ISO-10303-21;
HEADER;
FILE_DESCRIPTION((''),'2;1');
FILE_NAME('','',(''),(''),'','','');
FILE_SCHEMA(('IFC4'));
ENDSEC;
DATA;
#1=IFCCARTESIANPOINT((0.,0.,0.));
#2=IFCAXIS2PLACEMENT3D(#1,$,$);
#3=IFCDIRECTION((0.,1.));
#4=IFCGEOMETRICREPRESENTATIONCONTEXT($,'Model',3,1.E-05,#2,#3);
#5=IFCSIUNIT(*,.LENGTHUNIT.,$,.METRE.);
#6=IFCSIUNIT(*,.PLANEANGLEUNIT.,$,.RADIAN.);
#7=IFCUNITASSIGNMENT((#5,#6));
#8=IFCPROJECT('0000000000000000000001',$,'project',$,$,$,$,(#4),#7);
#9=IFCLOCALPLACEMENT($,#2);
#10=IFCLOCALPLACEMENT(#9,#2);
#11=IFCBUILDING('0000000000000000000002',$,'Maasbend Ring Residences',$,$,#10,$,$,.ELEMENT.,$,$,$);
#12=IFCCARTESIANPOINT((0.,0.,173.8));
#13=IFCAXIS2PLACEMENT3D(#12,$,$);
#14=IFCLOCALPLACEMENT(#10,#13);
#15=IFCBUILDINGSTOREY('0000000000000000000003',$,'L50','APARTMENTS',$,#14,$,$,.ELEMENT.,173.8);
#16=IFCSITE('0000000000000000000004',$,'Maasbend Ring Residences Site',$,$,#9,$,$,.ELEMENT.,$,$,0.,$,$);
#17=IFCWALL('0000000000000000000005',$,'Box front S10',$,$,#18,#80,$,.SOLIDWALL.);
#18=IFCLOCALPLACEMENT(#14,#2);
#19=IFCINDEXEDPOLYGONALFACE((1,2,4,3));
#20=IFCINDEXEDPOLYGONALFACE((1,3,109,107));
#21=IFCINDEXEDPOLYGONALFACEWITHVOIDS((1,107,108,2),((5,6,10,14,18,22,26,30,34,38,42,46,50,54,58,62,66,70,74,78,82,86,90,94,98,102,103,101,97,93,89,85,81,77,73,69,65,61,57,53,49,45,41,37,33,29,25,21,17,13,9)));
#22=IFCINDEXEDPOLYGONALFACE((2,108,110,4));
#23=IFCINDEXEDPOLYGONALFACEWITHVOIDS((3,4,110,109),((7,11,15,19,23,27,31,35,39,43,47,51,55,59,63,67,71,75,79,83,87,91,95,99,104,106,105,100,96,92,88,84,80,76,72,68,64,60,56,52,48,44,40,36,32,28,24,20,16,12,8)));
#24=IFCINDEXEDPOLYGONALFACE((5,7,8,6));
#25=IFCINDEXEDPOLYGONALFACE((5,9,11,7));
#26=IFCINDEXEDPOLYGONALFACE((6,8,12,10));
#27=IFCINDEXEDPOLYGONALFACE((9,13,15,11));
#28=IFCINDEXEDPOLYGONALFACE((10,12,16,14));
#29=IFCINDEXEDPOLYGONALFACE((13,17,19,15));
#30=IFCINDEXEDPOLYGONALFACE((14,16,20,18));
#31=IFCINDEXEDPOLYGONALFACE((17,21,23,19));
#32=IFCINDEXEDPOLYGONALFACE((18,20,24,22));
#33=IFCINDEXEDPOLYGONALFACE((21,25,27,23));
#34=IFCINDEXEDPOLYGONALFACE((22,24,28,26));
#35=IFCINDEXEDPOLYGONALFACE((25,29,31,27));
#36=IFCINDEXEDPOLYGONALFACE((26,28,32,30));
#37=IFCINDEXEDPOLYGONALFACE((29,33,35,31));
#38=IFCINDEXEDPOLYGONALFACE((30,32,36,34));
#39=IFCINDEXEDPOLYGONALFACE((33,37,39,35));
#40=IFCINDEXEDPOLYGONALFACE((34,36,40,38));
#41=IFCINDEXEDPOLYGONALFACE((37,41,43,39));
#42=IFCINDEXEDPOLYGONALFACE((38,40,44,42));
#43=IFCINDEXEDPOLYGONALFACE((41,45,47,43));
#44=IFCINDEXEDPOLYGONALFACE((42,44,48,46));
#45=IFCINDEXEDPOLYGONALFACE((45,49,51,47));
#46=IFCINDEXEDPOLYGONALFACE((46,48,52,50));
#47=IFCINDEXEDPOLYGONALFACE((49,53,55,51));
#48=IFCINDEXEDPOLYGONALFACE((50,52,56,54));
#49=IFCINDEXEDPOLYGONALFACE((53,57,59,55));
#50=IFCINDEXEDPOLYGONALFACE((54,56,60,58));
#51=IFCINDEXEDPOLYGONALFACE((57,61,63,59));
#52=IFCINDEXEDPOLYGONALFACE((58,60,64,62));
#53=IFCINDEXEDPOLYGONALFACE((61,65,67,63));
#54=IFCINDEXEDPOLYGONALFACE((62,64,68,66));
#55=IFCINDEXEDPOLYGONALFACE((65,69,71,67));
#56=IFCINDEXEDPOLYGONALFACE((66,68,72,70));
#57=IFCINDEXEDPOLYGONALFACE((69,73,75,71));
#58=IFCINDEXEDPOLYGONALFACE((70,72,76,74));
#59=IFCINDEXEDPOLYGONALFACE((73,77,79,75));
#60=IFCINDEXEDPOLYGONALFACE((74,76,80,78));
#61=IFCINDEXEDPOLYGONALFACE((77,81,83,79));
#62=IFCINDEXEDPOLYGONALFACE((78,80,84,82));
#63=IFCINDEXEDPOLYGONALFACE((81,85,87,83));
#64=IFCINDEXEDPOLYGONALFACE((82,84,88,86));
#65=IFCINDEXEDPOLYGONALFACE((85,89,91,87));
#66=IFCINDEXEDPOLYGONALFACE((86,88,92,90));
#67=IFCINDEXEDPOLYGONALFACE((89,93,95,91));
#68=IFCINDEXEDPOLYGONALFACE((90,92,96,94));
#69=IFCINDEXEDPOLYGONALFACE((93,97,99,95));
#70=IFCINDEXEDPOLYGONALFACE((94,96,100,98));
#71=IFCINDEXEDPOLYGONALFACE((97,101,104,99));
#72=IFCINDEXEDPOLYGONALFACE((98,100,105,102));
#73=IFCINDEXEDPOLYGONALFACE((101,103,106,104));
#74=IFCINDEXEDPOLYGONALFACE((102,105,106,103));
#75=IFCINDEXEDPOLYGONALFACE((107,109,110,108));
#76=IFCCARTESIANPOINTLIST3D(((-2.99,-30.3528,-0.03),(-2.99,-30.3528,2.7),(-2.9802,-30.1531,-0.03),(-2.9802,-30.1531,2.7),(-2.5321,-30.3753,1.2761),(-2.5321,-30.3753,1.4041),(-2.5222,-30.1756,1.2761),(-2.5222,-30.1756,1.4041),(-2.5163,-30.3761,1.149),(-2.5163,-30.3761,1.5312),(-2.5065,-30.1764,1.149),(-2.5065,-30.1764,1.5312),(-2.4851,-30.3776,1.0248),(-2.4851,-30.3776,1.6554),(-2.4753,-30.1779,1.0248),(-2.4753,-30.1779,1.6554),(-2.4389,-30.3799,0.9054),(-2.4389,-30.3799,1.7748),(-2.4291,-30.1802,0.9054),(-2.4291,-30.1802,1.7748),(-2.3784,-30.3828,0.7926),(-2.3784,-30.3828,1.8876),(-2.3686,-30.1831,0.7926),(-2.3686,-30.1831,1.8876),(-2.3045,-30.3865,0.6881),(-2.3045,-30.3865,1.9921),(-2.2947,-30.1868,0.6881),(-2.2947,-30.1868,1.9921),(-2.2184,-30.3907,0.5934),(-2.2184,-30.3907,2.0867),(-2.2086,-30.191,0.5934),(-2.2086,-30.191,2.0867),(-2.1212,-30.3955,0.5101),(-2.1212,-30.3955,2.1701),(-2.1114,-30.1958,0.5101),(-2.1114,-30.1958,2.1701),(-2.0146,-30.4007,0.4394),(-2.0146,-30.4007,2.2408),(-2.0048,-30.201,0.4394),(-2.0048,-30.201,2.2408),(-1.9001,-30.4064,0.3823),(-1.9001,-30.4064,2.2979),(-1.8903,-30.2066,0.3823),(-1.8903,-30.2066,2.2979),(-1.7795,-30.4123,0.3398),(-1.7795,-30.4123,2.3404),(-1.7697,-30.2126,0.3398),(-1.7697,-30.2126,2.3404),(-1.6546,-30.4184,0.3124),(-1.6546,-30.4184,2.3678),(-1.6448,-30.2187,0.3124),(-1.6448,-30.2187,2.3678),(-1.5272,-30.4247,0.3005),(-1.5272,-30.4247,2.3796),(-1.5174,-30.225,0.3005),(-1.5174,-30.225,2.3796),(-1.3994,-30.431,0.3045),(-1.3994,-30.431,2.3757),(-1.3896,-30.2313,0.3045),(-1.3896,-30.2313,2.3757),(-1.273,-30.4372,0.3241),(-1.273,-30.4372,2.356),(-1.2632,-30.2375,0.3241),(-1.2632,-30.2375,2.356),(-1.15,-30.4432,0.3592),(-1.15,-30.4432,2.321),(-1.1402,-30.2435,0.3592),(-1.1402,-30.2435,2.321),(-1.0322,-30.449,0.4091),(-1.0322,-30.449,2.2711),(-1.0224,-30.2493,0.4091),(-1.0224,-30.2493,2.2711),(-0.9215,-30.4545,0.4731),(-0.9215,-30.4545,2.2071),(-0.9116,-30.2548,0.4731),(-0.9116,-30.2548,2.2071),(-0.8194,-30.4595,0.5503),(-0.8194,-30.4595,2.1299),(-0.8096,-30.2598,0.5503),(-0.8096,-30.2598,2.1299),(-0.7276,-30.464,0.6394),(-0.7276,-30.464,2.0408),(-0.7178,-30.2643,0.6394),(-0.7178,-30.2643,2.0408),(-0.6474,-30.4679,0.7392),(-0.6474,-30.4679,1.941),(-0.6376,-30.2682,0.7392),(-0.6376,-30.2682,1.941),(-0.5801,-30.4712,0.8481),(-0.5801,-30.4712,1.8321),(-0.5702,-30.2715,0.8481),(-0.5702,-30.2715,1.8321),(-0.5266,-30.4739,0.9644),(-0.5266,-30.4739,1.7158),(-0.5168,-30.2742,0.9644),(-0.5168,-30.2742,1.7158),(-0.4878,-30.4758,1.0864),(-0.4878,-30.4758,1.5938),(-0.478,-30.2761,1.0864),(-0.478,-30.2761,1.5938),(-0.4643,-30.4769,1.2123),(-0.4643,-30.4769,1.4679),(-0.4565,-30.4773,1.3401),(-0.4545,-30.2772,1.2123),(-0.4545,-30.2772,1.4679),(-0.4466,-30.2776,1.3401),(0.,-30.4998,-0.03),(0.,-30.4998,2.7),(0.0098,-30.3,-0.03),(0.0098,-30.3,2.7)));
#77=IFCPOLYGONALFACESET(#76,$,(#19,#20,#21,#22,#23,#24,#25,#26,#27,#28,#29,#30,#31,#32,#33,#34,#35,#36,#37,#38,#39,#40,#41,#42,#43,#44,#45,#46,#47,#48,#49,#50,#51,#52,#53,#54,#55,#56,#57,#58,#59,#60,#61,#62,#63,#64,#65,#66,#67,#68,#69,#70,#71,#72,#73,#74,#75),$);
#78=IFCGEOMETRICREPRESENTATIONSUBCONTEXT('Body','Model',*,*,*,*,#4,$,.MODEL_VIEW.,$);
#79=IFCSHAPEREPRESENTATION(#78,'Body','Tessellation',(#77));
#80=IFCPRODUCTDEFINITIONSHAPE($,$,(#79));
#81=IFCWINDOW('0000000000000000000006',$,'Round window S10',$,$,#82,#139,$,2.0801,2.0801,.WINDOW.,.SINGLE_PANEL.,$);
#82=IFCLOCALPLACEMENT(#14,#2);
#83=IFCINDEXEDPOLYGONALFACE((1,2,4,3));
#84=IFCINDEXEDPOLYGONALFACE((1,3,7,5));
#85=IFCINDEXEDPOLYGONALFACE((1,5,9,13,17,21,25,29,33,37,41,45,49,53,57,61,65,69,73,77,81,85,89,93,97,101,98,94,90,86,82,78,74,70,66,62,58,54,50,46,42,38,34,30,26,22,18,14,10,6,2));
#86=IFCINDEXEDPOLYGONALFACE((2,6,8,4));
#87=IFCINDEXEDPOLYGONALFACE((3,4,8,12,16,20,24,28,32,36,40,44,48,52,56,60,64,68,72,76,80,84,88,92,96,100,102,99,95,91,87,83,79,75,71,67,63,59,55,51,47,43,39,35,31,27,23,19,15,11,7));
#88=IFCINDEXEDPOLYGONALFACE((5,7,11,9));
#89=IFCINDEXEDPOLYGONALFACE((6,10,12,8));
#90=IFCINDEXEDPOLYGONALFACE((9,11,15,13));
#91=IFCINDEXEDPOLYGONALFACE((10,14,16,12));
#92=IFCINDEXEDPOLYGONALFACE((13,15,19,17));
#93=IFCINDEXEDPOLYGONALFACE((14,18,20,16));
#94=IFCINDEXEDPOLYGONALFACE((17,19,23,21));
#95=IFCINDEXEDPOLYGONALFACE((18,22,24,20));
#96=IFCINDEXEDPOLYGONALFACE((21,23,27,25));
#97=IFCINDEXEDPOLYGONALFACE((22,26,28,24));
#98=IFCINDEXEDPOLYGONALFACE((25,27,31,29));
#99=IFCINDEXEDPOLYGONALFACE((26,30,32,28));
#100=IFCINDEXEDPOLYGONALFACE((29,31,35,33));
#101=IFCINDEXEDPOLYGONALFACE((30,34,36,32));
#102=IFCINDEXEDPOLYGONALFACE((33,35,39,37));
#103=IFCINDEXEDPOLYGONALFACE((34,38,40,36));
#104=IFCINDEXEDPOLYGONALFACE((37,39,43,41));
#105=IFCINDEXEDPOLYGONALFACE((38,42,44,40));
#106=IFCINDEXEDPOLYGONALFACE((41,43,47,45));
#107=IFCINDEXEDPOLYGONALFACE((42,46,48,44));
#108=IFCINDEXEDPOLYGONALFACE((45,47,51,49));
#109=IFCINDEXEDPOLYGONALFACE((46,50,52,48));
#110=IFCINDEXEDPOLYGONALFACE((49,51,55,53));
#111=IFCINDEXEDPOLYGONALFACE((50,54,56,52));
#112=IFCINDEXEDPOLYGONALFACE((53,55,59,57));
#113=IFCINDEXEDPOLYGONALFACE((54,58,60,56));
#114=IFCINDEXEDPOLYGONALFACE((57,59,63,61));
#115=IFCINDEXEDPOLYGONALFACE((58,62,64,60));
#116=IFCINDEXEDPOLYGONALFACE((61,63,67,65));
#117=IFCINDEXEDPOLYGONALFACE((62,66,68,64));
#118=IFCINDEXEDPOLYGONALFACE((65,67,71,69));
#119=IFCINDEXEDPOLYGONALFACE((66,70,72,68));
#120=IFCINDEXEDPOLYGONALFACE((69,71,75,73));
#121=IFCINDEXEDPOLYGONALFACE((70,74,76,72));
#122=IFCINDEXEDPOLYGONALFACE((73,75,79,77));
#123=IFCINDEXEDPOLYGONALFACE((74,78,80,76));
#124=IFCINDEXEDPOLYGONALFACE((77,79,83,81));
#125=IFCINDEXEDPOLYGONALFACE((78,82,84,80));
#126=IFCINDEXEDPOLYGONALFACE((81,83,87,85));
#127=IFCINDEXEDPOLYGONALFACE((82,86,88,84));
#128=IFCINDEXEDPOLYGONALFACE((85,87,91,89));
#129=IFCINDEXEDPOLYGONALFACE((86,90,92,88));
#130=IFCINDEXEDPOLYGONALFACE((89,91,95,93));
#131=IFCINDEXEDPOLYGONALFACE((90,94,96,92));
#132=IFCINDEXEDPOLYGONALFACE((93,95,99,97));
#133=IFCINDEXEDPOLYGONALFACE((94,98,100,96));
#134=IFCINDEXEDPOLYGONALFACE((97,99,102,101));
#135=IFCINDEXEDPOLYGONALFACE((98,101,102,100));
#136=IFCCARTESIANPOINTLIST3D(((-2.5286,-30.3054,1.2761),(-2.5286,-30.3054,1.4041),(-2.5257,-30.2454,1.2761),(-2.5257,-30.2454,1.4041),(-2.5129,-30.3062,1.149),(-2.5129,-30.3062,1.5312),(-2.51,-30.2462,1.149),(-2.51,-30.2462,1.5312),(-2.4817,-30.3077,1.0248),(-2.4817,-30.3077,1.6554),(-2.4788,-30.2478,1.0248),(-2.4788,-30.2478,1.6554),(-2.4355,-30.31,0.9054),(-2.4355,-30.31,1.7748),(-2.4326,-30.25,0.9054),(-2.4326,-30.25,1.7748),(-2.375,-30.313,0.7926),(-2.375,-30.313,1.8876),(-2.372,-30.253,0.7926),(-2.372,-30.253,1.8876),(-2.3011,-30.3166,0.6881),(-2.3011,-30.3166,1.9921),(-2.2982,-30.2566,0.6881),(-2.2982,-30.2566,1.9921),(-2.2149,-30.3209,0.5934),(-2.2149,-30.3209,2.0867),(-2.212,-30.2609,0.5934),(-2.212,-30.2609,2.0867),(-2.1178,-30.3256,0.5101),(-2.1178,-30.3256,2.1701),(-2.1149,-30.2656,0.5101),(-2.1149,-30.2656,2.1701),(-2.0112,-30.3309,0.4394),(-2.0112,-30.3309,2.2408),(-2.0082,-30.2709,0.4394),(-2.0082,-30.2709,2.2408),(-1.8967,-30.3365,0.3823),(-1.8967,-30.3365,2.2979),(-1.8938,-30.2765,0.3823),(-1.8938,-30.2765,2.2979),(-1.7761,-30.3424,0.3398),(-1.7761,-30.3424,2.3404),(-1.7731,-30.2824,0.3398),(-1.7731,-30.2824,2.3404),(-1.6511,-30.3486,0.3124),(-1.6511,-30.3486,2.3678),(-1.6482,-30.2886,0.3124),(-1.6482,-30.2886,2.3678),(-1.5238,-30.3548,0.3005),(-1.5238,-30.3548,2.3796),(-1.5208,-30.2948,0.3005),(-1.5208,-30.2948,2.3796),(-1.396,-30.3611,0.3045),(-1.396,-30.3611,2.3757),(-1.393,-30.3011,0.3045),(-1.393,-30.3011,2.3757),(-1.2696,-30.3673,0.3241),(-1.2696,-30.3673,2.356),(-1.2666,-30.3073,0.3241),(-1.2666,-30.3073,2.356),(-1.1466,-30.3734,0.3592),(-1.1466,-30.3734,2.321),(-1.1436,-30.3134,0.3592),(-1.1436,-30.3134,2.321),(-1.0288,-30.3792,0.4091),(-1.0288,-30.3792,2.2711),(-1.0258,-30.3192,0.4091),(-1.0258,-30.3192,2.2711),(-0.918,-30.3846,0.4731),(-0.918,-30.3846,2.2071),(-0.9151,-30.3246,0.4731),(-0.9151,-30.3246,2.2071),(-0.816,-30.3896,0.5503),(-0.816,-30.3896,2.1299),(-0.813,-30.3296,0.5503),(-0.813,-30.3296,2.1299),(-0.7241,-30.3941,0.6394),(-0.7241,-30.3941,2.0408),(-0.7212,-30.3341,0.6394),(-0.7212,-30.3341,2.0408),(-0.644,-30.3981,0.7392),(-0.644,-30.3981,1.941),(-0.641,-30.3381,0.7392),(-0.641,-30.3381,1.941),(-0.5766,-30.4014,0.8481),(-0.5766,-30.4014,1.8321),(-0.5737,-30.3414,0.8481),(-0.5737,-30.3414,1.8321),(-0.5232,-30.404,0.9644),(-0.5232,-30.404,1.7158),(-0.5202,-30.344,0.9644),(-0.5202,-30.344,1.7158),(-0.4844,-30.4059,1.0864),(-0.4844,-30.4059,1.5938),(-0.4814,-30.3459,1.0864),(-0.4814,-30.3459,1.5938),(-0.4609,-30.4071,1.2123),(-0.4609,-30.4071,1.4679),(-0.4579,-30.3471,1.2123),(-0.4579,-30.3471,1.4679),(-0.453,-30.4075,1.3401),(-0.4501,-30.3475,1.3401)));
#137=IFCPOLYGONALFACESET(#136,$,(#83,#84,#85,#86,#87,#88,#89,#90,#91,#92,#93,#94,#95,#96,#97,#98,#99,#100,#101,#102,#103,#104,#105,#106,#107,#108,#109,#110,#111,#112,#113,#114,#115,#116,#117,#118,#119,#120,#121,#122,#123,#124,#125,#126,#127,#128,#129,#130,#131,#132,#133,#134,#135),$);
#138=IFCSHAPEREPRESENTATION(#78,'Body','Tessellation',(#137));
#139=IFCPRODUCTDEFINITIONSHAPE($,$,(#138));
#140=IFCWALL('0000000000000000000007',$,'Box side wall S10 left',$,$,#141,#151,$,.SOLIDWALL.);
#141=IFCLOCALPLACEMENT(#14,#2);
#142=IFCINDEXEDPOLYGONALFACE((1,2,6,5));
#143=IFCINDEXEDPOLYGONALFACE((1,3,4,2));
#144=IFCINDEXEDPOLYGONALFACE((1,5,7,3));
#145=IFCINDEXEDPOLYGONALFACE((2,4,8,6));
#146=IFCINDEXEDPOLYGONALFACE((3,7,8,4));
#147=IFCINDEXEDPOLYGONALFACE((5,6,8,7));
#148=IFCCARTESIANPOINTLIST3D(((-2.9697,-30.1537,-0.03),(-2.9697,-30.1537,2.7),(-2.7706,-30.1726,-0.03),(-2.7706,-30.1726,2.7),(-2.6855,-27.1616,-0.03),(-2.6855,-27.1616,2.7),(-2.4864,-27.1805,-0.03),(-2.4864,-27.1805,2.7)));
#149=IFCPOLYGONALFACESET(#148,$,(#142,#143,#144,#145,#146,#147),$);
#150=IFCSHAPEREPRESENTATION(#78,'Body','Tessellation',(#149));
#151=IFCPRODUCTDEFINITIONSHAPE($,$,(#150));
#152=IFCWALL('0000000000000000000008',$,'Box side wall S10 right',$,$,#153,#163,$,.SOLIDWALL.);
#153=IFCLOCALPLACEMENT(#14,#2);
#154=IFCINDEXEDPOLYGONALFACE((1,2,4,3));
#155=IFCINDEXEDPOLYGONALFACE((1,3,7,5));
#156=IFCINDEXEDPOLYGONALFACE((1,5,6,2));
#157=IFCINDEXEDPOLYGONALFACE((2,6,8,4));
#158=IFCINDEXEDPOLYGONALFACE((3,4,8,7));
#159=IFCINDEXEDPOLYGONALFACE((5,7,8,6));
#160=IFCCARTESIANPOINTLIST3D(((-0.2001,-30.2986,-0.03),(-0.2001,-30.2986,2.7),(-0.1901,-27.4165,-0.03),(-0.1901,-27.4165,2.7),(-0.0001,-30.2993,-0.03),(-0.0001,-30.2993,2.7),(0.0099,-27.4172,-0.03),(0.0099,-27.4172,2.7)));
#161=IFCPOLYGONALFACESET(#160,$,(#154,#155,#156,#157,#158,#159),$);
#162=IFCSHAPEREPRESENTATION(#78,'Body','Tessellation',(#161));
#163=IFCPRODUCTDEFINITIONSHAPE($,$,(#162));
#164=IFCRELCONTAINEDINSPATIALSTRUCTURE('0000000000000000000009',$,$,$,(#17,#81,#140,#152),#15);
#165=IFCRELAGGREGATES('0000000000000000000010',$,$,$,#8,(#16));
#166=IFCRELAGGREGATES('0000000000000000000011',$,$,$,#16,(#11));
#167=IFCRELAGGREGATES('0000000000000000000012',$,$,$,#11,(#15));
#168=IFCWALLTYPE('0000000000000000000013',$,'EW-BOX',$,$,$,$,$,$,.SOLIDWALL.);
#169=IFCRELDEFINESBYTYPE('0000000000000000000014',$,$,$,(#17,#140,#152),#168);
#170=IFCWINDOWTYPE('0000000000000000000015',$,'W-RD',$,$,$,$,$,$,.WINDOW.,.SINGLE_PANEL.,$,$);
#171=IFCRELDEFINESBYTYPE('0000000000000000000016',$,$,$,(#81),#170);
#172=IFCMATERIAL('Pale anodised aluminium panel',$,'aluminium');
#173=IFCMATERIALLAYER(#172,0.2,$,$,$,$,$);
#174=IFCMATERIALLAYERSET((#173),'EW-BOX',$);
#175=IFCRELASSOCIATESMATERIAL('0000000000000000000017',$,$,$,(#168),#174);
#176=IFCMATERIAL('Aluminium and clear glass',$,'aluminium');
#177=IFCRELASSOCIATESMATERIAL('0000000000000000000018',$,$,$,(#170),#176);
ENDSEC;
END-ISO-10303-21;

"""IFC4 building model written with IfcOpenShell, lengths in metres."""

from ifc_helpers import new_model, si_unit, direction, frame, frame_2d, origin, place, context, subcontext, project, spatial, rectangle, circle, extrude, material, layer, layer_set, type_object, element, fill, save


model = new_model("IFC4")

# Units and contexts
model_context = context("Model", 3, precision=1e-05, world=origin(), true_north=direction((0.0, 1.0)))
body_context = subcontext(model_context, "Body", "Model", "MODEL_VIEW")
ifc_project = project(units=[si_unit("LENGTHUNIT", "METRE"), si_unit("PLANEANGLEUNIT", "RADIAN")], contexts=[model_context])

# Site, building, storey
site_placement = place(None, origin())
site = spatial("IfcSite", under=ifc_project, at=site_placement, Name="Maasbend Ring Residences Site", CompositionType="ELEMENT", RefElevation=0.0)
building_placement = place(site_placement, origin())
building = spatial("IfcBuilding", under=site, at=building_placement, Name="Maasbend Ring Residences", CompositionType="ELEMENT")
storey_placement = place(building_placement, frame((0.0, 0.0, 173.8)))
storey = spatial("IfcBuildingStorey", under=building, at=storey_placement, Name="L50", Description="APARTMENTS", CompositionType="ELEMENT", Elevation=173.8)

# Shared definitions
ifc_material_1 = material(Name="Pale anodised aluminium panel", Category="aluminium")
ifc_layer_1 = layer(ifc_material_1, 0.2)
ifc_layer_set_1 = layer_set([ifc_layer_1], Name="EW-BOX")
wall_type_1 = type_object("IfcWallType", Name="EW-BOX", PredefinedType="SOLIDWALL", material=ifc_layer_set_1)

# Shared definitions
ifc_material_2 = material(Name="Aluminium and clear glass", Category="aluminium")
window_type_1 = type_object("IfcWindowType", Name="W-RD", PartitioningType="SINGLE_PANEL", PredefinedType="WINDOW", material=ifc_material_2)

# Wall, opening, window
wall_1_placement = place(storey_placement, frame((-2.9851, -30.2529, -0.03), z_axis=(0.0, 0.0, 1.0), x_axis=(0.998794, -0.049096, 0.0)))
wall_1 = element("IfcWall", 1, at=wall_1_placement, inside=storey, type_object=wall_type_1, Name="Box front S10", PredefinedType="SOLIDWALL", context=body_context, shape_type="SweptSolid", body=[
    extrude(rectangle(XDim=2.9937, YDim=0.2, at=frame_2d((1.4968, 0.0))), origin(), (0.0, 0.0, 1.0), 2.73),
])
opening_1_placement = place(wall_1_placement, frame((0.4565, 0.0, 0.3301)))
opening_1 = element("IfcOpeningElement", 2, at=opening_1_placement, cuts=wall_1, PredefinedType="OPENING", context=body_context, shape_type="SweptSolid", body=[
    extrude(circle(Radius=1.04, at=frame_2d((1.04, 1.04))), frame((0.0, 0.1099, 0.0), z_axis=(0.0, -1.0, 0.0), x_axis=(1.0, 0.0, 0.0)), (0.0, 0.0, 1.0), 0.22),
])
window_1_placement = place(opening_1_placement, origin())
window_1 = element("IfcWindow", 3, at=window_1_placement, inside=storey, type_object=window_type_1, Name="Round window S10", OverallHeight=2.0801, OverallWidth=2.0801, PartitioningType="SINGLE_PANEL", PredefinedType="WINDOW", context=body_context, shape_type="SweptSolid", body=[
    extrude(circle(Radius=1.04, at=frame_2d((1.04, 1.04))), frame((0.0, 0.03, 0.0), z_axis=(0.0, -1.0, 0.0), x_axis=(1.0, 0.0, 0.0)), (0.0, 0.0, 1.0), 0.0601),
])
fill(opening_1, window_1)

# Walls
wall_2_placement = place(storey_placement, frame((-2.5859, -27.1709, -0.03), z_axis=(0.0, 0.0, 1.0), x_axis=(-0.094548, -0.99552, 0.0)))
element("IfcWall", 4, at=wall_2_placement, inside=storey, type_object=wall_type_1, Name="Box side wall S10 left", PredefinedType="SOLIDWALL", context=body_context, shape_type="SweptSolid", body=[
    extrude(rectangle(XDim=3.0056, YDim=0.2, at=frame_2d((1.5029, 0.0))), origin(), (0.0, 0.0, 1.0), 2.73),
])
wall_3_placement = place(storey_placement, frame((-0.0901, -27.417, -0.03), z_axis=(0.0, 0.0, 1.0), x_axis=(-0.003473, -0.999994, 0.0)))
element("IfcWall", 5, at=wall_3_placement, inside=storey, type_object=wall_type_1, Name="Box side wall S10 right", PredefinedType="SOLIDWALL", context=body_context, shape_type="SweptSolid", body=[
    extrude(rectangle(XDim=2.8821, YDim=0.2, at=frame_2d((1.4409, 0.0))), origin(), (0.0, 0.0, 1.0), 2.73),
])

save(model, "model.ifc")
